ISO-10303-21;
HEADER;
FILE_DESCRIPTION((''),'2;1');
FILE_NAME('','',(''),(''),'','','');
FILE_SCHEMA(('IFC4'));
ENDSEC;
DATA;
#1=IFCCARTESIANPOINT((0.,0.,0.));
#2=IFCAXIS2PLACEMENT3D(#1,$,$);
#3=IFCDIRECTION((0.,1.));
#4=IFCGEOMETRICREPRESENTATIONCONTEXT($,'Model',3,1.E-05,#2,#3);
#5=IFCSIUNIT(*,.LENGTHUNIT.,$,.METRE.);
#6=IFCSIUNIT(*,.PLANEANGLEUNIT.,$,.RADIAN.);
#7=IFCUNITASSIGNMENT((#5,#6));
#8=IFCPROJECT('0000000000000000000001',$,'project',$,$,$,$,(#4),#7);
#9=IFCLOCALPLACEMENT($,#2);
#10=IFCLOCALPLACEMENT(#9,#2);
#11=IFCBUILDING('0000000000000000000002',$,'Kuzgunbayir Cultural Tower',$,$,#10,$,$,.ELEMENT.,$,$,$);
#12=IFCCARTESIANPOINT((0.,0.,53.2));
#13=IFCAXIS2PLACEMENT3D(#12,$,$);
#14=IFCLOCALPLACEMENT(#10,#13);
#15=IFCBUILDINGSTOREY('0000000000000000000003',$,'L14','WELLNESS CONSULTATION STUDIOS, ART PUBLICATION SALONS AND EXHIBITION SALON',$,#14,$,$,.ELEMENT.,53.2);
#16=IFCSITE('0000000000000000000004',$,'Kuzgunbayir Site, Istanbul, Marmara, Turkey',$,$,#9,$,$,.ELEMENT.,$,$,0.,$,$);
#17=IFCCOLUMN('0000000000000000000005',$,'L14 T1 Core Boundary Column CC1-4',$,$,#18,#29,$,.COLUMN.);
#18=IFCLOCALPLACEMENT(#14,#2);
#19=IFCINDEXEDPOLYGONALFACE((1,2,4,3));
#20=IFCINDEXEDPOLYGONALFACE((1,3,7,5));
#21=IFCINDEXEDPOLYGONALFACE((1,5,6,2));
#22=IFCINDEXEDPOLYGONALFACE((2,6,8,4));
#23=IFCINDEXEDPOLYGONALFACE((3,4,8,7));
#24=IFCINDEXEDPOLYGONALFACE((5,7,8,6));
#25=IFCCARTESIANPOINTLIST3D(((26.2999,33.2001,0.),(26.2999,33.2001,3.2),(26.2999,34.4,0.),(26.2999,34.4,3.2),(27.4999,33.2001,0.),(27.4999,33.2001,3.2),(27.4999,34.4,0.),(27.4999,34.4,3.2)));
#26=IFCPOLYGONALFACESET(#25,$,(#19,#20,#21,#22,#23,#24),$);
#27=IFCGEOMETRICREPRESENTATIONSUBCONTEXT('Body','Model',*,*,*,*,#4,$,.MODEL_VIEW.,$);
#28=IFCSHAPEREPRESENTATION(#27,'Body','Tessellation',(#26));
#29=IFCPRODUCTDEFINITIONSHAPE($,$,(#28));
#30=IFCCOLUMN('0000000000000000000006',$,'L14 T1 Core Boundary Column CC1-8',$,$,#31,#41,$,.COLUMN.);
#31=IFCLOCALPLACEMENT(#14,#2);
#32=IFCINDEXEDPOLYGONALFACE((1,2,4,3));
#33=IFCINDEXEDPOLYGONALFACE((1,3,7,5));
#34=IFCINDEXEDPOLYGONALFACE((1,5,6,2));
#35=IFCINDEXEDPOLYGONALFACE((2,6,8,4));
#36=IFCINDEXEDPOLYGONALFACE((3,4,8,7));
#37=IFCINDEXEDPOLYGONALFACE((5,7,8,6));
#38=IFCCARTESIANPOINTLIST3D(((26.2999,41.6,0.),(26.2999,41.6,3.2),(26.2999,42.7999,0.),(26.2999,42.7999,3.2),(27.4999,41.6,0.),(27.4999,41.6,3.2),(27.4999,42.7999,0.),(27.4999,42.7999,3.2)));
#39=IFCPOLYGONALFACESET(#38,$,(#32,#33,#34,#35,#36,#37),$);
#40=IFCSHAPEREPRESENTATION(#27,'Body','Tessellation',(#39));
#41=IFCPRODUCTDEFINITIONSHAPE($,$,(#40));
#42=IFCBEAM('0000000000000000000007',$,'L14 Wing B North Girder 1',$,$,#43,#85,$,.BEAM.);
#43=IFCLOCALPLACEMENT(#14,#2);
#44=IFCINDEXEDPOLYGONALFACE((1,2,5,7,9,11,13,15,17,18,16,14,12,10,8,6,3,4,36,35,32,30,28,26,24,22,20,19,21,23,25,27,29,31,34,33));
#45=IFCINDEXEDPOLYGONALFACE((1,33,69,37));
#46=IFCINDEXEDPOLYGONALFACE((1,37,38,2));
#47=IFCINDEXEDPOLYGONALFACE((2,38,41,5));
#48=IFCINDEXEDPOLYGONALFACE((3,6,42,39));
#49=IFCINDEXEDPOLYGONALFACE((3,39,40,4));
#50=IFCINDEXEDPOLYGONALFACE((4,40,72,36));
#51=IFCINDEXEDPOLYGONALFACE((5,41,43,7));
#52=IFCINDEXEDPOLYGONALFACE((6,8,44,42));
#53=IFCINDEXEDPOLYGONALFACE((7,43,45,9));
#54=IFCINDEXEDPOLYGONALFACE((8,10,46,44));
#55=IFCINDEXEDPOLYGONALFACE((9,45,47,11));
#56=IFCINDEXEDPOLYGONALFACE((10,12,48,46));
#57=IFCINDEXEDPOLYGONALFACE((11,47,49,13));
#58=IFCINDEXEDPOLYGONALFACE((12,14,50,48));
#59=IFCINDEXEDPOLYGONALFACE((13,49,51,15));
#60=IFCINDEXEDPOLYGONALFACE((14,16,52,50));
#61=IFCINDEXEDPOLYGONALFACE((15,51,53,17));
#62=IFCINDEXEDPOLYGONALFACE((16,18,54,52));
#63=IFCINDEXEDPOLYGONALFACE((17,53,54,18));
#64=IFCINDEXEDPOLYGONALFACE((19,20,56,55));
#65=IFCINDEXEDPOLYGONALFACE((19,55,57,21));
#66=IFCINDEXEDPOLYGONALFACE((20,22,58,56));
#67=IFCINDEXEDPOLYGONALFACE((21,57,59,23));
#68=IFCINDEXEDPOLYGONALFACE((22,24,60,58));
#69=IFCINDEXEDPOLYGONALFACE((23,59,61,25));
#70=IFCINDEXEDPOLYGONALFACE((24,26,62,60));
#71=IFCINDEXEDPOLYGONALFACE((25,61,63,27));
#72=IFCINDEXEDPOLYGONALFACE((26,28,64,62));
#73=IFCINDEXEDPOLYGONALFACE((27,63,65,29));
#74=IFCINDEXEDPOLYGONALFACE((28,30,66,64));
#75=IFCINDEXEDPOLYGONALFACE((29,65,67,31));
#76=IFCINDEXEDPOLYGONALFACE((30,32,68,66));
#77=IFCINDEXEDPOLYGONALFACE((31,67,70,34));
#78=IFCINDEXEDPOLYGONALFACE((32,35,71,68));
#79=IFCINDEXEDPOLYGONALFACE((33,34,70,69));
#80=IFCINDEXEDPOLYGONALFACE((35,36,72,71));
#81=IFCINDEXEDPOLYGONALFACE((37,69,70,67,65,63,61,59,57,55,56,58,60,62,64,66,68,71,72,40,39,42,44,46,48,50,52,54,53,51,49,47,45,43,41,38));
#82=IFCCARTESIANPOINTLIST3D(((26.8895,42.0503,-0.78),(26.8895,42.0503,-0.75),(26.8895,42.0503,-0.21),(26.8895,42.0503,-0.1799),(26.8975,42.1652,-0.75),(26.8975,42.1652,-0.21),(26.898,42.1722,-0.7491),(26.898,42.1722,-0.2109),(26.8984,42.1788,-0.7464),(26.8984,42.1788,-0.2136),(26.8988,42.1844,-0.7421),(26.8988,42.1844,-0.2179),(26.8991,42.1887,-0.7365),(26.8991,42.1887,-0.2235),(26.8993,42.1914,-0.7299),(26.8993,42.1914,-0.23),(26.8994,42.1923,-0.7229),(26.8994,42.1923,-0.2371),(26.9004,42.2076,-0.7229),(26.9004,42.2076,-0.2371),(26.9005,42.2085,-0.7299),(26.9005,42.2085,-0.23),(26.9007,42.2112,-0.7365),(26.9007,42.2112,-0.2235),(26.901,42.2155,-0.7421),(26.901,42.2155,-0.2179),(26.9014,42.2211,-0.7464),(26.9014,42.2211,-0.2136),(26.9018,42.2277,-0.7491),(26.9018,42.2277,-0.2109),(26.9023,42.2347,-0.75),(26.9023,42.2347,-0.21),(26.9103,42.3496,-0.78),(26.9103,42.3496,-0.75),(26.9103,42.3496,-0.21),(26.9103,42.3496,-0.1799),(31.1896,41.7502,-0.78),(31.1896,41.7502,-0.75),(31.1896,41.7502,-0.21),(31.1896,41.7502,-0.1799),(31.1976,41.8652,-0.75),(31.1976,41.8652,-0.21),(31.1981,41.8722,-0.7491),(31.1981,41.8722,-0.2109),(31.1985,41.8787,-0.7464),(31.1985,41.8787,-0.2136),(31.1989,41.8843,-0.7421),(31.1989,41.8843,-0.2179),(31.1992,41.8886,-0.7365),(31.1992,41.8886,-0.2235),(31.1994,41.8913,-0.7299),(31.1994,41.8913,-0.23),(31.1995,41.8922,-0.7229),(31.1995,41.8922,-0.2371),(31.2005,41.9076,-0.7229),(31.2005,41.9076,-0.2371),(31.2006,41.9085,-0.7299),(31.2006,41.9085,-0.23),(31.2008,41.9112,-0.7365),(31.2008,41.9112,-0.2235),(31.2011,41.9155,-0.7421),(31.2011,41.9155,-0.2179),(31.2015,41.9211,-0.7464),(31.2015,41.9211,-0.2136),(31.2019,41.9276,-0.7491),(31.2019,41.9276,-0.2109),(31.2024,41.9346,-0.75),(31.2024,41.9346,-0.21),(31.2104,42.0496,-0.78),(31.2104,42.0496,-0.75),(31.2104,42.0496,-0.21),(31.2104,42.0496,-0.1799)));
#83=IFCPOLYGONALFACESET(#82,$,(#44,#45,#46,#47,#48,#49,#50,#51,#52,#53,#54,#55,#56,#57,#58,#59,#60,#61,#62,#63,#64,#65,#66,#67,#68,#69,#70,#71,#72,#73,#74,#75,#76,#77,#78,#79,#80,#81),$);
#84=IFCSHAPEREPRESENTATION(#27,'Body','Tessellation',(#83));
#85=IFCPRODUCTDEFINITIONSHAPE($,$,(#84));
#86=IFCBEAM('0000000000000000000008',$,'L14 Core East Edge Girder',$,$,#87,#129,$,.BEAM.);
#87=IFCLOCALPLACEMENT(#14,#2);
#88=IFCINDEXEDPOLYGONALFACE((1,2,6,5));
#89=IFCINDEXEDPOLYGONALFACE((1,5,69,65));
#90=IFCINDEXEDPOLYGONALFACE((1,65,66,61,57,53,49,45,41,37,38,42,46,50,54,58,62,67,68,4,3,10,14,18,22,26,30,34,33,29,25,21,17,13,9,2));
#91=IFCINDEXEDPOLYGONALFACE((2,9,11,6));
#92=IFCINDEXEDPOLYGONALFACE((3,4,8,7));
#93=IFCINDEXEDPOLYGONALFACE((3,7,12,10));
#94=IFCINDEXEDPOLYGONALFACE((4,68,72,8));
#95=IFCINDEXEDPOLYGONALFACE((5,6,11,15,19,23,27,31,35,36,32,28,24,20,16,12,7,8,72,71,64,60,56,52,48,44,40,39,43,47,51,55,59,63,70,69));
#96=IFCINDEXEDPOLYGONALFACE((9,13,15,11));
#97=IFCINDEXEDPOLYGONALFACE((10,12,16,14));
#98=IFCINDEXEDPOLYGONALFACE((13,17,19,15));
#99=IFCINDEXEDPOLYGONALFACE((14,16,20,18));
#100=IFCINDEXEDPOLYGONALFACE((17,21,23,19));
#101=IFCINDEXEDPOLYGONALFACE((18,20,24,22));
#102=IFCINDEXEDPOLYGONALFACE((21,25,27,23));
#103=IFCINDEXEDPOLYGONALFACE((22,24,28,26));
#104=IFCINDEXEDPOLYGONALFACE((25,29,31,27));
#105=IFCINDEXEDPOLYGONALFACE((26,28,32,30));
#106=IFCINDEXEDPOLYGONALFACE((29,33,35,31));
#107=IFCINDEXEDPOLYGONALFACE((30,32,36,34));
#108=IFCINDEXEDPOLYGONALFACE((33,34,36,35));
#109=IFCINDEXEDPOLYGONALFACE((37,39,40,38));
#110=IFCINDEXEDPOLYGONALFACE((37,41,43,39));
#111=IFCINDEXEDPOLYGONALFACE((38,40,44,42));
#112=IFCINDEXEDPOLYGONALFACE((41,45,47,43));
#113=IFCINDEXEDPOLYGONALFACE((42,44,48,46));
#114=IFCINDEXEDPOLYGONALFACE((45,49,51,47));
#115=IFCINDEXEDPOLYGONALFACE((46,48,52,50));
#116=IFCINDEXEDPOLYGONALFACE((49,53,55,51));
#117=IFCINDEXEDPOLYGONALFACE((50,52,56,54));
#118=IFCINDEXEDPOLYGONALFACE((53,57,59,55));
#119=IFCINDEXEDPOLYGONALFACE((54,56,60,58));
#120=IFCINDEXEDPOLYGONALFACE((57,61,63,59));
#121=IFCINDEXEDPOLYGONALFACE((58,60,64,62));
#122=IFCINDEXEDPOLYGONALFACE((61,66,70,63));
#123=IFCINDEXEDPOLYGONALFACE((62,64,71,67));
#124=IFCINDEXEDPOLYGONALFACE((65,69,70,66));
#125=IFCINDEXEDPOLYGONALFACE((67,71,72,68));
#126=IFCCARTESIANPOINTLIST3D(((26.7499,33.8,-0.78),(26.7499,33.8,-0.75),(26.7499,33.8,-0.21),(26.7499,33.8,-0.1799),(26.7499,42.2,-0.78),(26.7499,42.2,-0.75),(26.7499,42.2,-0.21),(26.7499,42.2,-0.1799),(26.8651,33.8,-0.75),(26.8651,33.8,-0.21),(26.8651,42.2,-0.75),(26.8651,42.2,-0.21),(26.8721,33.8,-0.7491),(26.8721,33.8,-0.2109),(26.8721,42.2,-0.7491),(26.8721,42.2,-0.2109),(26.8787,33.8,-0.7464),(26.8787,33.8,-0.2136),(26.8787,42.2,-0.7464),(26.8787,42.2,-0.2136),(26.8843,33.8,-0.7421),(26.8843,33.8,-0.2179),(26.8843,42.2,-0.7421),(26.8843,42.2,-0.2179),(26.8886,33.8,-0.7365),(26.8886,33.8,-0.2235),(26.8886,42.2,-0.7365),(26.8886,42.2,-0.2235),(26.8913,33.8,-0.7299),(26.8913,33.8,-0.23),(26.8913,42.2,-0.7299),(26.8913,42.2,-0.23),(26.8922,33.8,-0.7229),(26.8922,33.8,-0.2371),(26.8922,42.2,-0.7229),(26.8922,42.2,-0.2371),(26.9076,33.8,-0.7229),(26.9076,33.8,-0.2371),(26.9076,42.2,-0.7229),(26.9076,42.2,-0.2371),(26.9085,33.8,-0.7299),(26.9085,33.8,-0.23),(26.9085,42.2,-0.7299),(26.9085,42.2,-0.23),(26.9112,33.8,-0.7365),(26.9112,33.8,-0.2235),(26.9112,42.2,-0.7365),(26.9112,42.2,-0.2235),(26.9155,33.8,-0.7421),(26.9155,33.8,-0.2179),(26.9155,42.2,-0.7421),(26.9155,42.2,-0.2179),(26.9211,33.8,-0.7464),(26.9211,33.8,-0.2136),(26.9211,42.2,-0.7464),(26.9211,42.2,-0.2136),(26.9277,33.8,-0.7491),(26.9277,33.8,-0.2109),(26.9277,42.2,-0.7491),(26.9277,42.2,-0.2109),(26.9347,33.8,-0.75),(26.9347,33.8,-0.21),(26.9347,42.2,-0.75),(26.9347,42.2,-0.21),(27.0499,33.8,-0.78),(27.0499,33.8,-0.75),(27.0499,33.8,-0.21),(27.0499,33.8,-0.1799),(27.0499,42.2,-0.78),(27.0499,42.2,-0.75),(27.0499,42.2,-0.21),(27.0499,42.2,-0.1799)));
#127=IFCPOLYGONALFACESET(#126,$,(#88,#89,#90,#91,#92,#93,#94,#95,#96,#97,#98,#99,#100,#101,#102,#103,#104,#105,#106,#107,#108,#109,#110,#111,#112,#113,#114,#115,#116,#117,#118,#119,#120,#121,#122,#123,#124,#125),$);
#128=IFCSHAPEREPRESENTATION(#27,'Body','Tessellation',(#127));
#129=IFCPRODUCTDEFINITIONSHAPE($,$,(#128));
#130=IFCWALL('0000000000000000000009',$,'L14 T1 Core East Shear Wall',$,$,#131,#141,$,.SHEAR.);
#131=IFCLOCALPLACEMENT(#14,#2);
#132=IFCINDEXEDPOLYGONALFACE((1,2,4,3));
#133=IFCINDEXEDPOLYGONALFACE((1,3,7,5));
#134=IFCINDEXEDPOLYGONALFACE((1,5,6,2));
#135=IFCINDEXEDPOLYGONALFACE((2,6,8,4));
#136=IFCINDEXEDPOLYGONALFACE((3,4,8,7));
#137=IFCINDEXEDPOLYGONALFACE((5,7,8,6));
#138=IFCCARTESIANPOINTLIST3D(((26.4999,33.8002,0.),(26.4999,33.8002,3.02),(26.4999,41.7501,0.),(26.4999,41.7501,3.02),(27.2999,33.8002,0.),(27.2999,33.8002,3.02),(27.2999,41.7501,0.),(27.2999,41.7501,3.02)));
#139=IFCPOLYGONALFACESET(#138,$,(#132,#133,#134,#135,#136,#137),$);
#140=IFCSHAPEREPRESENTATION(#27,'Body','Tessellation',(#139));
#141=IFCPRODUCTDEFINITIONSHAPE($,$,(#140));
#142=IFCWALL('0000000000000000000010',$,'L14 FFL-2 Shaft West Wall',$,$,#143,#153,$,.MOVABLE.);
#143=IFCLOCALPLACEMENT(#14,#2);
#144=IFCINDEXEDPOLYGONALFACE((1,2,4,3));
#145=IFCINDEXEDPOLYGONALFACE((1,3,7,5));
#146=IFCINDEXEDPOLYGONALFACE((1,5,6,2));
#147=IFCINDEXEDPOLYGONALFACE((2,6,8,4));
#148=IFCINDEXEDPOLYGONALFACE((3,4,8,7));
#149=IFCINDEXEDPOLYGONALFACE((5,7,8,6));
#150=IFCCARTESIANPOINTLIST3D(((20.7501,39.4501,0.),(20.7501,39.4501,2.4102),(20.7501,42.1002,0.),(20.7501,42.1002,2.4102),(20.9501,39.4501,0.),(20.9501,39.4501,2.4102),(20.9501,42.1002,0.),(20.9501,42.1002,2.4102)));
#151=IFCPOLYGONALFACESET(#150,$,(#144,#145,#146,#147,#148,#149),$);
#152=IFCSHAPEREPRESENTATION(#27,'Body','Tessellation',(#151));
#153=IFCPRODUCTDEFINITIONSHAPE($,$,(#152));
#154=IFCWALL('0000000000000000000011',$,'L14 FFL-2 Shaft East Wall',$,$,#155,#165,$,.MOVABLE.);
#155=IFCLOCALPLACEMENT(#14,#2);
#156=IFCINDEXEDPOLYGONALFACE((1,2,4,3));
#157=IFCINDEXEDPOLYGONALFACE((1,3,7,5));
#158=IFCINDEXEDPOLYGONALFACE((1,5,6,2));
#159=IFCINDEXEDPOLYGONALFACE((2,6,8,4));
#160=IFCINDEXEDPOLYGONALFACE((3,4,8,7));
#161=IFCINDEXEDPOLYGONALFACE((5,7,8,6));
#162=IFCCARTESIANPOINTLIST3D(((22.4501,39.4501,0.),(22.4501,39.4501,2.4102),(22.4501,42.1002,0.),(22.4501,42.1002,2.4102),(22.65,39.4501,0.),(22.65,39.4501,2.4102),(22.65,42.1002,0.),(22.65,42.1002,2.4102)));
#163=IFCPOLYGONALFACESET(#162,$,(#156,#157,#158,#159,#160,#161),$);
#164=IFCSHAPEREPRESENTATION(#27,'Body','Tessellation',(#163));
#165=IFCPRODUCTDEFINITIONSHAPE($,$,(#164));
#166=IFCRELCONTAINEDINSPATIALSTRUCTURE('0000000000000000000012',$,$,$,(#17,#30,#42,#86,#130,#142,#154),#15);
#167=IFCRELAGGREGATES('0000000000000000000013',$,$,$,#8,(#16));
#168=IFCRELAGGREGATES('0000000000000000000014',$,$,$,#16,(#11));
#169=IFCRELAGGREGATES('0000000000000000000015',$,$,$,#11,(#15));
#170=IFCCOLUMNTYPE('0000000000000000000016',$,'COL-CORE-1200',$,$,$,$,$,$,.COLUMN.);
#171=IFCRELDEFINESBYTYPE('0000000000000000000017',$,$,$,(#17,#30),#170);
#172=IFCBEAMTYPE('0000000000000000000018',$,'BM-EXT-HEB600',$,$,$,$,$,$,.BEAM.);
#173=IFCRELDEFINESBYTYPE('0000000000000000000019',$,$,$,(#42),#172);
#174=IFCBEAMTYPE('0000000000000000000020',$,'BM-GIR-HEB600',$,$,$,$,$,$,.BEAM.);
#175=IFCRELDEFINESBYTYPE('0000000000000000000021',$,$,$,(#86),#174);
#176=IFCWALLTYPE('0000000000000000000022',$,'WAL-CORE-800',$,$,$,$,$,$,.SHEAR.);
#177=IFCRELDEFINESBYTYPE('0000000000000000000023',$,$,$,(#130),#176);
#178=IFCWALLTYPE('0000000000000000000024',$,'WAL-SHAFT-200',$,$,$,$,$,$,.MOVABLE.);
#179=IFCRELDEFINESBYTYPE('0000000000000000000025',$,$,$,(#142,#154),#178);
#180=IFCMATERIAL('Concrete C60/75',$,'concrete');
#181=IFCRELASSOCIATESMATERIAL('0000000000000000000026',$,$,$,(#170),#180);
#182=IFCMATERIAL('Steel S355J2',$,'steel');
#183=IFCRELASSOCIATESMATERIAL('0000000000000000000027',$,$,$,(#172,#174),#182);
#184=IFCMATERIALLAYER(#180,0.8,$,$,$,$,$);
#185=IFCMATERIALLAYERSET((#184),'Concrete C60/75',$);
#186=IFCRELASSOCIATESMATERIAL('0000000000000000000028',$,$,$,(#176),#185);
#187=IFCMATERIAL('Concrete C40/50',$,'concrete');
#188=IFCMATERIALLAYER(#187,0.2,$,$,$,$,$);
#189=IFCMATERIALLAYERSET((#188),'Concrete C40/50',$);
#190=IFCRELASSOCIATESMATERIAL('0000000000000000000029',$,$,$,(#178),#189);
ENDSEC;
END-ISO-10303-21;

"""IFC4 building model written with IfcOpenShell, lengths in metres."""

from ifc_helpers import new_model, si_unit, direction, frame, frame_2d, origin, origin_2d, place, context, subcontext, project, spatial, rectangle, i_section, extrude, material, layer, layer_set, material_profile, profile_set, type_object, element, save


model = new_model("IFC4")

# Units and contexts
model_context = context("Model", 3, precision=1e-05, world=origin(), true_north=direction((0.0, 1.0)))
body_context = subcontext(model_context, "Body", "Model", "MODEL_VIEW")
ifc_project = project(units=[si_unit("LENGTHUNIT", "METRE"), si_unit("PLANEANGLEUNIT", "RADIAN")], contexts=[model_context])

# Site, building, storey
site_placement = place(None, origin())
site = spatial("IfcSite", under=ifc_project, at=site_placement, Name="Kuzgunbayir Site, Istanbul, Marmara, Turkey", CompositionType="ELEMENT", RefElevation=0.0)
building_placement = place(site_placement, origin())
building = spatial("IfcBuilding", under=site, at=building_placement, Name="Kuzgunbayir Cultural Tower", CompositionType="ELEMENT")
storey_placement = place(building_placement, frame((0.0, 0.0, 53.2)))
storey = spatial("IfcBuildingStorey", under=building, at=storey_placement, Name="L14", Description="WELLNESS CONSULTATION STUDIOS, ART PUBLICATION SALONS AND EXHIBITION SALON", CompositionType="ELEMENT", Elevation=53.2)

# Columns
ifc_material_1 = material(Name="Concrete C60/75", Category="concrete")
ifc_material_profile_1 = material_profile(ifc_material_1, rectangle(XDim=1.2, YDim=1.2, at=origin_2d()), Name="RC 1200x1200")
ifc_profile_set_1 = profile_set([ifc_material_profile_1], Name="Concrete C60/75")
column_type = type_object("IfcColumnType", Name="COL-CORE-1200", PredefinedType="COLUMN", material=ifc_profile_set_1)
for number, where, z_axis, x_axis, name in (
    (1, (26.8999, 33.8, 0.0), (0.0, 0.0, 1.0), (1.0, 0.0, 0.0), "L14 T1 Core Boundary Column CC1-4"),
    (2, (26.8999, 42.2, 0.0), (0.0, 0.0, 1.0), (1.0, 0.0, 0.0), "L14 T1 Core Boundary Column CC1-8"),
):
    element("IfcColumn", number, at=place(storey_placement, frame(where, z_axis=z_axis, x_axis=x_axis)), inside=storey, type_object=column_type, Name=name, PredefinedType="COLUMN", context=body_context, shape_type="SweptSolid", body=[
        extrude(rectangle(XDim=1.2, YDim=1.2, at=origin_2d()), origin(), (0.0, 0.0, 1.0), 3.2),
    ])

# Beams
ifc_material_2 = material(Name="Steel S355J2", Category="steel")
ifc_material_profile_2 = material_profile(ifc_material_2, i_section(OverallWidth=0.3, OverallDepth=0.6001, WebThickness=0.0154, FlangeThickness=0.03, FilletRadius=0.0271, at=origin_2d()), Name="HEB 600")
ifc_profile_set_2 = profile_set([ifc_material_profile_2], Name="Steel S355J2")
beam_type_1 = type_object("IfcBeamType", Name="BM-EXT-HEB600", PredefinedType="BEAM", material=ifc_profile_set_2)
beam_1_placement = place(storey_placement, frame((26.8999, 42.2, -0.48), z_axis=(0.997574, -0.069609, 0.0), x_axis=(0.069609, 0.997574, 0.0)))
element("IfcBeam", 3, at=beam_1_placement, inside=storey, type_object=beam_type_1, Name="L14 Wing B North Girder 1", PredefinedType="BEAM", context=body_context, shape_type="SweptSolid", body=[
    extrude(i_section(OverallWidth=0.3, OverallDepth=0.6001, WebThickness=0.0154, FlangeThickness=0.03, FilletRadius=0.0271, at=origin_2d()), origin(), (0.0, 0.0, 1.0), 4.3105),
])
ifc_material_profile_3 = material_profile(ifc_material_2, i_section(OverallWidth=0.3, OverallDepth=0.6001, WebThickness=0.0154, FlangeThickness=0.03, FilletRadius=0.0271, at=origin_2d()), Name="HEB 600")
ifc_profile_set_3 = profile_set([ifc_material_profile_3], Name="Steel S355J2")
beam_type_2 = type_object("IfcBeamType", Name="BM-GIR-HEB600", PredefinedType="BEAM", material=ifc_profile_set_3)
beam_2_placement = place(storey_placement, frame((26.8999, 33.8, -0.48), z_axis=(0.0, 1.0, 0.0), x_axis=(-1.0, 0.0, 0.0)))
element("IfcBeam", 4, at=beam_2_placement, inside=storey, type_object=beam_type_2, Name="L14 Core East Edge Girder", PredefinedType="BEAM", context=body_context, shape_type="SweptSolid", body=[
    extrude(i_section(OverallWidth=0.3, OverallDepth=0.6001, WebThickness=0.0154, FlangeThickness=0.03, FilletRadius=0.0271, at=origin_2d()), origin(), (0.0, 0.0, 1.0), 8.3999),
])

# Wall
ifc_layer_1 = layer(ifc_material_1, 0.8)
ifc_layer_set_1 = layer_set([ifc_layer_1], Name="Concrete C60/75")
wall_type_1 = type_object("IfcWallType", Name="WAL-CORE-800", PredefinedType="SHEAR", material=ifc_layer_set_1)
wall_1_placement = place(storey_placement, frame((26.8999, 33.8, 0.0), z_axis=(0.0, 0.0, 1.0), x_axis=(0.0, 1.0, 0.0)))
element("IfcWall", 5, at=wall_1_placement, inside=storey, type_object=wall_type_1, Name="L14 T1 Core East Shear Wall", PredefinedType="SHEAR", context=body_context, shape_type="SweptSolid", body=[
    extrude(rectangle(XDim=7.95, YDim=0.8, at=frame_2d((3.9751, 0.0))), origin(), (0.0, 0.0, 1.0), 3.02),
])

# Shared definitions
ifc_material_3 = material(Name="Concrete C40/50", Category="concrete")
ifc_layer_2 = layer(ifc_material_3, 0.2)
ifc_layer_set_2 = layer_set([ifc_layer_2], Name="Concrete C40/50")
wall_type_2 = type_object("IfcWallType", Name="WAL-SHAFT-200", PredefinedType="MOVABLE", material=ifc_layer_set_2)

# Walls
for number, where, z_axis, x_axis, name in (
    (6, (20.8501, 39.45, 0.0), (0.0, 0.0, 1.0), (0.0, 1.0, 0.0), "L14 FFL-2 Shaft West Wall"),
    (7, (22.55, 39.45, 0.0), (0.0, 0.0, 1.0), (0.0, 1.0, 0.0), "L14 FFL-2 Shaft East Wall"),
):
    element("IfcWall", number, at=place(storey_placement, frame(where, z_axis=z_axis, x_axis=x_axis)), inside=storey, type_object=wall_type_2, Name=name, PredefinedType="MOVABLE", context=body_context, shape_type="SweptSolid", body=[
        extrude(rectangle(XDim=2.6501, YDim=0.2, at=frame_2d((1.3252, 0.0))), origin(), (0.0, 0.0, 1.0), 2.4102),
    ])

save(model, "model.ifc")
